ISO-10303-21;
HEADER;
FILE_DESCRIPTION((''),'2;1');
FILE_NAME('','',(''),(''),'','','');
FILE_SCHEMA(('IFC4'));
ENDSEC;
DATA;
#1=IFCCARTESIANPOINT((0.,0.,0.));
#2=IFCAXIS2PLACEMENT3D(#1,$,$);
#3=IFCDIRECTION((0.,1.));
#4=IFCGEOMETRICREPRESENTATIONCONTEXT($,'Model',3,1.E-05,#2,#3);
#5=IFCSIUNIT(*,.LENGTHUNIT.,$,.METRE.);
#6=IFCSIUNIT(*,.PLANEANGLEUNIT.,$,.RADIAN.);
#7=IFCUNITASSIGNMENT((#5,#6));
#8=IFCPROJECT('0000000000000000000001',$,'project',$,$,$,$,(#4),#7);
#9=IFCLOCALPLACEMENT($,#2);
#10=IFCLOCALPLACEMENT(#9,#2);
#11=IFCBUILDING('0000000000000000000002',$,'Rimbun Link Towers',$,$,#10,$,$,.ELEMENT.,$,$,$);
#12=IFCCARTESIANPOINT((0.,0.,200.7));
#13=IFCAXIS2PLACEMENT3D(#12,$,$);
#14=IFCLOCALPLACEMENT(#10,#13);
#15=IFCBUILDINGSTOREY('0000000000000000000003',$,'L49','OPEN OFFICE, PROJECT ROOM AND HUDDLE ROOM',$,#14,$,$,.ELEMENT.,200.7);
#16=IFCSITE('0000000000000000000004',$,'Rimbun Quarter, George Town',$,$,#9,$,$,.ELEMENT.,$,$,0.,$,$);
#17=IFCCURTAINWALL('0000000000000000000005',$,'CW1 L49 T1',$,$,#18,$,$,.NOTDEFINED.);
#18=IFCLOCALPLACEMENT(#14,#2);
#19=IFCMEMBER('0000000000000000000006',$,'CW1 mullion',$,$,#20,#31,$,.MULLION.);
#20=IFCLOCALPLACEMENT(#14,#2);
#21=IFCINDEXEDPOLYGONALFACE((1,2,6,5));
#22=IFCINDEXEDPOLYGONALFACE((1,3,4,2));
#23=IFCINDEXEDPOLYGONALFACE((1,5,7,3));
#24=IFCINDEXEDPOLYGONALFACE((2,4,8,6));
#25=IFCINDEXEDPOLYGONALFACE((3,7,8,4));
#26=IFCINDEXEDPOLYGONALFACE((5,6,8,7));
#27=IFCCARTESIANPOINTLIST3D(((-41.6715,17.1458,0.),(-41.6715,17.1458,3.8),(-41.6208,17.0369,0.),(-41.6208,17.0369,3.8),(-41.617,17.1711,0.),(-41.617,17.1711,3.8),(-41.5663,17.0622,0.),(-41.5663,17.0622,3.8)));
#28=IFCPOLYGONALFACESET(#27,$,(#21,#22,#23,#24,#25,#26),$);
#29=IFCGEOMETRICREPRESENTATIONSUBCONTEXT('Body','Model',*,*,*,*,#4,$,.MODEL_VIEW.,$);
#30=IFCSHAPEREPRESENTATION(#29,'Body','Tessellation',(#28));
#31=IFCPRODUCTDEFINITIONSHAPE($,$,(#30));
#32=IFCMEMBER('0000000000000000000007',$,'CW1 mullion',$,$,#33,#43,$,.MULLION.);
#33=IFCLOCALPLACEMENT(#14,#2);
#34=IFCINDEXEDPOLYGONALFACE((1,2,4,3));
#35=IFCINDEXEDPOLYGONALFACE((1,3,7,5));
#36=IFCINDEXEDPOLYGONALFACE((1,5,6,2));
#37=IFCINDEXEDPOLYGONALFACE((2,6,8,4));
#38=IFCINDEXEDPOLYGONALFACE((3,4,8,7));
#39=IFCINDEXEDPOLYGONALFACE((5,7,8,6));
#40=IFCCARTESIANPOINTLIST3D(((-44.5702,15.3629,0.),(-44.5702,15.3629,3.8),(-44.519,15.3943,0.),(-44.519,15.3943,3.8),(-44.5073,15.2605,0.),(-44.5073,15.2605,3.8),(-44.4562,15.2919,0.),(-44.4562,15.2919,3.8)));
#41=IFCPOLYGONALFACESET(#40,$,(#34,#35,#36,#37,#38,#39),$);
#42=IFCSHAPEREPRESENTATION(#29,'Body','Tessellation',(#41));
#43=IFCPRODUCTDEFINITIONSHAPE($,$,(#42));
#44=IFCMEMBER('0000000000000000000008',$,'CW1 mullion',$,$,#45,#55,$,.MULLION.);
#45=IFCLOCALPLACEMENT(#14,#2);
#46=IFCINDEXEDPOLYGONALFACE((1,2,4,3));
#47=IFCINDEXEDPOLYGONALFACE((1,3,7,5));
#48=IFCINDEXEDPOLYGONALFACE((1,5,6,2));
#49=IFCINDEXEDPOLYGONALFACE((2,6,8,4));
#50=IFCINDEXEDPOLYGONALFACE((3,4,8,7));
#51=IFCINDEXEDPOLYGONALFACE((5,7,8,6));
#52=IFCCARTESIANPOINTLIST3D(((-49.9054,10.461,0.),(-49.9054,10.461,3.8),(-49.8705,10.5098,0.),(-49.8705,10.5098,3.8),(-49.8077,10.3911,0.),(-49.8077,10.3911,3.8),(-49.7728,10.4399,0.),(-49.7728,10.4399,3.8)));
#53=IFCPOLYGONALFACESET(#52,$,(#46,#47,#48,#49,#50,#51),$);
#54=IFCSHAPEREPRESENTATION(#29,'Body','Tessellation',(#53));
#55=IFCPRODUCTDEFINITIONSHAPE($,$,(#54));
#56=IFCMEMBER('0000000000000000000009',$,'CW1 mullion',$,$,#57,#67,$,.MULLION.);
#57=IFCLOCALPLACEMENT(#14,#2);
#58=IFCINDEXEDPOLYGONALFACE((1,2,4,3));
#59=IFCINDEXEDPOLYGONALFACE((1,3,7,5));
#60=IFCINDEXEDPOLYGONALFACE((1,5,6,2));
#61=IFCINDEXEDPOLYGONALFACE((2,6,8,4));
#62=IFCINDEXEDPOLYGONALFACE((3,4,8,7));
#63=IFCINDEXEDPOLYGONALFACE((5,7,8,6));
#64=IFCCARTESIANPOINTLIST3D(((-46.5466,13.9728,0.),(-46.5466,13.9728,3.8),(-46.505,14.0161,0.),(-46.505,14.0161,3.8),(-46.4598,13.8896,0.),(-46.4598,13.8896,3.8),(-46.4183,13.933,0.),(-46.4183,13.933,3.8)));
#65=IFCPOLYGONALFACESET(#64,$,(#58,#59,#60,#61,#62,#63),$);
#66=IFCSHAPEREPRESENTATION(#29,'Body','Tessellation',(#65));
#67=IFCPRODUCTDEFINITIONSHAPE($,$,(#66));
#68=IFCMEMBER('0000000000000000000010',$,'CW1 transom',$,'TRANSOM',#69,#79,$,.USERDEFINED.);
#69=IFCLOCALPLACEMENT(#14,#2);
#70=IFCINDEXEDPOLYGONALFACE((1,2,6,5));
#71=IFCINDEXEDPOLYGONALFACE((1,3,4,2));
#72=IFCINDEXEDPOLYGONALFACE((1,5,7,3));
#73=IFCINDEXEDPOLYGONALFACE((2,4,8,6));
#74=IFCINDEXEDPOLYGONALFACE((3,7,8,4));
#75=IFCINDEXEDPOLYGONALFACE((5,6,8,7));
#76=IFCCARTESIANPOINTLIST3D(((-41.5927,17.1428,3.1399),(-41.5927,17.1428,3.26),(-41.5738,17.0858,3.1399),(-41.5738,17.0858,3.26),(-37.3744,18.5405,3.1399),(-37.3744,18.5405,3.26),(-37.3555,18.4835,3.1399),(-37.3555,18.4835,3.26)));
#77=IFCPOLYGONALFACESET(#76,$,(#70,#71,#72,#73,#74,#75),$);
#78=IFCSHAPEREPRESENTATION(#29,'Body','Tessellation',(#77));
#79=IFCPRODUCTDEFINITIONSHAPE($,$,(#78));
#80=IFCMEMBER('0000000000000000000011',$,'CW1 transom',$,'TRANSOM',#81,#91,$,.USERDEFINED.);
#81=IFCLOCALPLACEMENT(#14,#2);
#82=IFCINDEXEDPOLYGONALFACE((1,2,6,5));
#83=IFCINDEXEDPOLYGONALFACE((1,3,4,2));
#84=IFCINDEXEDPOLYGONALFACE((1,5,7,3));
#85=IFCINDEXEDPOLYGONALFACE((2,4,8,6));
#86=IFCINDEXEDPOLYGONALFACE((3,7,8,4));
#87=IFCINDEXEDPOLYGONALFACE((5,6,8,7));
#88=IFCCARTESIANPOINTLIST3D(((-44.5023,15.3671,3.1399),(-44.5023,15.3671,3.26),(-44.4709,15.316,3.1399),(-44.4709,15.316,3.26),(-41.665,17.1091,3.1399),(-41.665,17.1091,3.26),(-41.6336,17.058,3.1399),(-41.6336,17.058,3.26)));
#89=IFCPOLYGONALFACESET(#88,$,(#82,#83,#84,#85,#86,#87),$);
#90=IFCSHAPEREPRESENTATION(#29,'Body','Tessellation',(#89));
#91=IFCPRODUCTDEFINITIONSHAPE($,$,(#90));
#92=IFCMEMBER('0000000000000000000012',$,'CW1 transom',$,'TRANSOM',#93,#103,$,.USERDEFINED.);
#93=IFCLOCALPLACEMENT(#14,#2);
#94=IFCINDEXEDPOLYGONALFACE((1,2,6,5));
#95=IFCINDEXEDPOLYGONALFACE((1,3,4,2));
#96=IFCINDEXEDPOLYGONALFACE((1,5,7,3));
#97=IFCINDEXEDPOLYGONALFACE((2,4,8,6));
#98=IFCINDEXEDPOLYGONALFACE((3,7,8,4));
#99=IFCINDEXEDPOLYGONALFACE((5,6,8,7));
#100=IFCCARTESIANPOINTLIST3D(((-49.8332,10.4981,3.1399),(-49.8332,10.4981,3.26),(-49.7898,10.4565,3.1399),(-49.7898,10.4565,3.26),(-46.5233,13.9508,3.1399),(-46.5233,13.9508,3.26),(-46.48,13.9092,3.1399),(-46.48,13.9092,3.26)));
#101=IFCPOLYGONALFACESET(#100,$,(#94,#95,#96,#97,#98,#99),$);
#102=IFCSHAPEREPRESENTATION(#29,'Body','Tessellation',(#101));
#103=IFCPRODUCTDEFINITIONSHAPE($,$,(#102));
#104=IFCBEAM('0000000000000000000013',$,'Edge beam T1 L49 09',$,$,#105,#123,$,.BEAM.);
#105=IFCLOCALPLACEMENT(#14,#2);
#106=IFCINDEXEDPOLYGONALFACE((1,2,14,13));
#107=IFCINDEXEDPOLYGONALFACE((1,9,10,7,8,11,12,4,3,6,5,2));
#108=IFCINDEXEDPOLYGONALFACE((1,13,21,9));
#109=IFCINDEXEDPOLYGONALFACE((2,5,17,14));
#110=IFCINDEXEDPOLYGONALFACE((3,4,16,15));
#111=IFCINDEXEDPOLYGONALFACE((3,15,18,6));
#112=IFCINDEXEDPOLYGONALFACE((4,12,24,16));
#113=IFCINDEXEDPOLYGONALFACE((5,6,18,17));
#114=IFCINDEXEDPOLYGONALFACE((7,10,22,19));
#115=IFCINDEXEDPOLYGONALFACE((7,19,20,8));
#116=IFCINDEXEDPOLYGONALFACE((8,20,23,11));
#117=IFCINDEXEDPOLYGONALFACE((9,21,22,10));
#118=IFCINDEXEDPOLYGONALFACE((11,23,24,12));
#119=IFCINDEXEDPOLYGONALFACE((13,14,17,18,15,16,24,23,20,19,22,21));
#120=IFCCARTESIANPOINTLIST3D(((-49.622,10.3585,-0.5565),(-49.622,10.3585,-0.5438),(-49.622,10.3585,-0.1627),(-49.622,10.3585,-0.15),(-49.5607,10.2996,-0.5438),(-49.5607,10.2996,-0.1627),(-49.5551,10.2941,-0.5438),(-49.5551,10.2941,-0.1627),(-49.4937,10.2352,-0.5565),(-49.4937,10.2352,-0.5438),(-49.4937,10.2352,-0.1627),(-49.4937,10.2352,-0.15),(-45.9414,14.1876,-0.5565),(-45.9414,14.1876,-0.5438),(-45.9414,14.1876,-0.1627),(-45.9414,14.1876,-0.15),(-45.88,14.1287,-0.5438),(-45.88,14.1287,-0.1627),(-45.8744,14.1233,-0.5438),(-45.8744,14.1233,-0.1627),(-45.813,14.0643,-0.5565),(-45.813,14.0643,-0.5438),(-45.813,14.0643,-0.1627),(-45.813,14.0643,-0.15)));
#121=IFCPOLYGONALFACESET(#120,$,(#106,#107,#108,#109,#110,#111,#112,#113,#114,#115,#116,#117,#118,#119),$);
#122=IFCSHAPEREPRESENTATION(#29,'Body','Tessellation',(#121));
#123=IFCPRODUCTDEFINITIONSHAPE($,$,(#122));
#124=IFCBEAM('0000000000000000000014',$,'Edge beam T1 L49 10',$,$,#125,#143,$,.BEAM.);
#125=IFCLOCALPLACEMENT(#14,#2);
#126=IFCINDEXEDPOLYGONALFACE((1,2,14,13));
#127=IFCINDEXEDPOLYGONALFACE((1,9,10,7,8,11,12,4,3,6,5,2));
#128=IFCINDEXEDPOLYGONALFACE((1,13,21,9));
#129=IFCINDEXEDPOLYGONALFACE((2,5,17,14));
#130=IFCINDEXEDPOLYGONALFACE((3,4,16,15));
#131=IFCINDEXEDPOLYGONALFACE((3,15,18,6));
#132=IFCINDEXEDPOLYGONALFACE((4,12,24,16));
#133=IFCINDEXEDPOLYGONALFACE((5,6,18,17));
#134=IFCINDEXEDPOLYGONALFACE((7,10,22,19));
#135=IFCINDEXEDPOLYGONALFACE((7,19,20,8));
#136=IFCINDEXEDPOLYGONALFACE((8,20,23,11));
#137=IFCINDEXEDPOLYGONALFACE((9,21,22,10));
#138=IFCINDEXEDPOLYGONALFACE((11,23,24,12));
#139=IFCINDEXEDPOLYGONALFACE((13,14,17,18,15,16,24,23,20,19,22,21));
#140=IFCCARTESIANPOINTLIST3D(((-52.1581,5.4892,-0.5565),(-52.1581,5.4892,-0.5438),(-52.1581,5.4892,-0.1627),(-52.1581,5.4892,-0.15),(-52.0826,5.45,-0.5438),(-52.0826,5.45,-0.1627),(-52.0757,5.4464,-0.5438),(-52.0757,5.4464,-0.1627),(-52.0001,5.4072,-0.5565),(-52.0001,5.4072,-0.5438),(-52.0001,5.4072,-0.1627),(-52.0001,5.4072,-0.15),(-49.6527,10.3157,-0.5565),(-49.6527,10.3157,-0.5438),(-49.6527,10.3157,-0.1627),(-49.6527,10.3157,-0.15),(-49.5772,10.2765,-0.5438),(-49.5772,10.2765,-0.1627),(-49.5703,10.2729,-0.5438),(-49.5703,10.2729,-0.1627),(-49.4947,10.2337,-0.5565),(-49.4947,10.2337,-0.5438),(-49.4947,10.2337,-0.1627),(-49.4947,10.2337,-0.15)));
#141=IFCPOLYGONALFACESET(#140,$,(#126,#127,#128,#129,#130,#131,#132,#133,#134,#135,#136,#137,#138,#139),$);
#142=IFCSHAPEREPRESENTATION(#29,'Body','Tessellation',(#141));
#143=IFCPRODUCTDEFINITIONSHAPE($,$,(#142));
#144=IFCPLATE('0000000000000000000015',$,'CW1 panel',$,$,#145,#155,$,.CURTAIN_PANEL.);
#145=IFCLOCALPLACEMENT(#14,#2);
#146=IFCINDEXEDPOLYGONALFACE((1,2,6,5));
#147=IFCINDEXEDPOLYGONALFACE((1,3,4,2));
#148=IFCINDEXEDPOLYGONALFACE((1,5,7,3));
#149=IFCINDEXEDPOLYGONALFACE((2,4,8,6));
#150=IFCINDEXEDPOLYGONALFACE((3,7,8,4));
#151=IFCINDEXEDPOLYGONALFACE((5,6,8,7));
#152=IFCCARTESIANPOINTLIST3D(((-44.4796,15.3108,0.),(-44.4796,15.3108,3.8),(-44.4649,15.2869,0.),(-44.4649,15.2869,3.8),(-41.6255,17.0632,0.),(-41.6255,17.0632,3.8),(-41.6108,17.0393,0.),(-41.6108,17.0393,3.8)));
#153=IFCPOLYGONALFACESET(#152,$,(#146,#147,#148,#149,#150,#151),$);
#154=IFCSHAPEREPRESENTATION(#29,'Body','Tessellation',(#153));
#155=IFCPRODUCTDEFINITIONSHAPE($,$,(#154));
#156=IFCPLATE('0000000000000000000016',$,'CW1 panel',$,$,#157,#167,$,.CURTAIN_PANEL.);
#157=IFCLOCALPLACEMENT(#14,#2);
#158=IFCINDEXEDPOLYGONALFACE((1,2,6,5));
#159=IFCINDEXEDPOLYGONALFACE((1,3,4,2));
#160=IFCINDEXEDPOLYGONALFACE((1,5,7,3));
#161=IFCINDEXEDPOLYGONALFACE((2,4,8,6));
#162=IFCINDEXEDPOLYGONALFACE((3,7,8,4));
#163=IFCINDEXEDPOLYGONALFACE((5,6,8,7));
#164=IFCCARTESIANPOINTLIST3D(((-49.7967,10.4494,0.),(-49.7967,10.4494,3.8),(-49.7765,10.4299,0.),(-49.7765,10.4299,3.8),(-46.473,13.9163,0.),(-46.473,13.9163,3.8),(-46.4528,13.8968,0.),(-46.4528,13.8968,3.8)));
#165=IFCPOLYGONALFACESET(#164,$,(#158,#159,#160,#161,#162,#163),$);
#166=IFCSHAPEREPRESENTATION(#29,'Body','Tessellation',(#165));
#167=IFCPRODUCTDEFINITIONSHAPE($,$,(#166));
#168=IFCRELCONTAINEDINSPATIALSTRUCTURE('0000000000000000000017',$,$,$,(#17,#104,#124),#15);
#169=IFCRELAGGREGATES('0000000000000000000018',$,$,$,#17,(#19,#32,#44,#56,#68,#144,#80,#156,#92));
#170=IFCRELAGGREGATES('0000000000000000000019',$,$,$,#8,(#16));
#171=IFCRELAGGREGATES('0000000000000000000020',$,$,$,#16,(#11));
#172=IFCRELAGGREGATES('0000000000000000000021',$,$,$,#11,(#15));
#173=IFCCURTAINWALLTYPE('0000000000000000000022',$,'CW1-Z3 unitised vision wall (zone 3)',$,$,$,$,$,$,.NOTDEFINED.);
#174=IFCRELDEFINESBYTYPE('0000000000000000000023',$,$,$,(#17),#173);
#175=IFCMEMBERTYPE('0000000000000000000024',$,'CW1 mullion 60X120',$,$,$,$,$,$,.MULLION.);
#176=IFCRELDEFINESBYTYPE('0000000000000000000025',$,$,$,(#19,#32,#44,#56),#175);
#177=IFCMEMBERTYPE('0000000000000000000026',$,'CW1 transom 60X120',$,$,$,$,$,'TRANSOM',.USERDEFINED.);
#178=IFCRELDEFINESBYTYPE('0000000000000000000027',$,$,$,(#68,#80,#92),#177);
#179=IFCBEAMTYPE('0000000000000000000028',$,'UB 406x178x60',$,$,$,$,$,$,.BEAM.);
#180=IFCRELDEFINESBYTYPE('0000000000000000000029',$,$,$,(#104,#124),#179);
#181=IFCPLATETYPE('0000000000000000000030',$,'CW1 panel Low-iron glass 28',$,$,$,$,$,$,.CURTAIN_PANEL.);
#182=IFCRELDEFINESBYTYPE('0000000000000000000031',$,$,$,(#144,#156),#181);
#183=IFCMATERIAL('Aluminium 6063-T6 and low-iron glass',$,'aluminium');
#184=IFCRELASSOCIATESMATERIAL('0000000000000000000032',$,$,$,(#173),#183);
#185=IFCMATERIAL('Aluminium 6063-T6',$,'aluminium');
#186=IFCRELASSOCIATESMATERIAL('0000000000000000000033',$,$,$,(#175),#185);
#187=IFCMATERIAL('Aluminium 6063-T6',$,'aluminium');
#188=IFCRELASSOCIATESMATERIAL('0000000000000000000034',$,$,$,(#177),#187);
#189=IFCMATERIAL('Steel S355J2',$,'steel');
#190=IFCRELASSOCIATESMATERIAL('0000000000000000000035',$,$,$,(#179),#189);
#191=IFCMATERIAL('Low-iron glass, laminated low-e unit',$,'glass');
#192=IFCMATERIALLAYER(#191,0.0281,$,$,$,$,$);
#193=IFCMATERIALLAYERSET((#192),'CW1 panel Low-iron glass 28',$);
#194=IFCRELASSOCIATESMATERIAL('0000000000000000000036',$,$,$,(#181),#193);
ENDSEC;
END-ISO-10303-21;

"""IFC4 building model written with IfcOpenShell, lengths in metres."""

from ifc_helpers import new_model, si_unit, direction, frame, origin, origin_2d, place, context, subcontext, project, spatial, rectangle, i_section, extrude, material, layer, layer_set, material_profile, profile_set, type_object, element, aggregate, save


model = new_model("IFC4")

# Units and contexts
model_context = context("Model", 3, precision=1e-05, world=origin(), true_north=direction((0.0, 1.0)))
body_context = subcontext(model_context, "Body", "Model", "MODEL_VIEW")
ifc_project = project(units=[si_unit("LENGTHUNIT", "METRE"), si_unit("PLANEANGLEUNIT", "RADIAN")], contexts=[model_context])

# Site, building, storey
site_placement = place(None, origin())
site = spatial("IfcSite", under=ifc_project, at=site_placement, Name="Rimbun Quarter, George Town", CompositionType="ELEMENT", RefElevation=0.0)
building_placement = place(site_placement, origin())
building = spatial("IfcBuilding", under=site, at=building_placement, Name="Rimbun Link Towers", CompositionType="ELEMENT")
storey_placement = place(building_placement, frame((0.0, 0.0, 200.7)))
storey = spatial("IfcBuildingStorey", under=building, at=storey_placement, Name="L49", Description="OPEN OFFICE, PROJECT ROOM AND HUDDLE ROOM", CompositionType="ELEMENT", Elevation=200.7)

# Curtain wall, members
ifc_material_1 = material(Name="Aluminium 6063-T6 and low-iron glass", Category="aluminium")
curtain_wall_type = type_object("IfcCurtainWallType", Name="CW1-Z3 unitised vision wall (zone 3)", PredefinedType="NOTDEFINED", material=ifc_material_1)
curtain_wall_placement = place(storey_placement, origin())
curtain_wall = element("IfcCurtainWall", 1, at=curtain_wall_placement, inside=storey, type_object=curtain_wall_type, Name="CW1 L49 T1", PredefinedType="NOTDEFINED")
ifc_material_2 = material(Name="Aluminium 6063-T6", Category="aluminium")
ifc_material_profile_1 = material_profile(ifc_material_2, rectangle(XDim=0.1201, YDim=0.0601, at=origin_2d()), Name="MULLION 60X120")
ifc_profile_set_1 = profile_set([ifc_material_profile_1], Name="Aluminium 6063-T6")
member_type_1 = type_object("IfcMemberType", Name="CW1 mullion 60X120", PredefinedType="MULLION", material=ifc_profile_set_1)
member_1_placement = place(storey_placement, frame((-41.6189, 17.104, 0.0), z_axis=(0.0, 0.0, 1.0), x_axis=(-0.421695, 0.906738, 0.0)))
member_1 = element("IfcMember", 2, at=member_1_placement, type_object=member_type_1, Name="CW1 mullion", PredefinedType="MULLION", context=body_context, shape_type="SweptSolid", body=[
    extrude(rectangle(XDim=0.1201, YDim=0.0601, at=origin_2d()), origin(), (0.0, 0.0, 1.0), 3.8),
])
member_2_placement = place(storey_placement, frame((-44.5132, 15.3274, 0.0), z_axis=(0.0, 0.0, 1.0), x_axis=(-0.523229, 0.852192, 0.0)))
member_2 = element("IfcMember", 3, at=member_2_placement, type_object=member_type_1, Name="CW1 mullion", PredefinedType="MULLION", context=body_context, shape_type="SweptSolid", body=[
    extrude(rectangle(XDim=0.1201, YDim=0.0601, at=origin_2d()), origin(), (0.0, 0.0, 1.0), 3.8),
])
member_3_placement = place(storey_placement, frame((-49.8391, 10.4504, 0.0), z_axis=(0.0, 0.0, 1.0), x_axis=(-0.813351, 0.581774, 0.0)))
member_3 = element("IfcMember", 4, at=member_3_placement, type_object=member_type_1, Name="CW1 mullion", PredefinedType="MULLION", context=body_context, shape_type="SweptSolid", body=[
    extrude(rectangle(XDim=0.1201, YDim=0.0601, at=origin_2d()), origin(), (0.0, 0.0, 1.0), 3.8),
])
member_4_placement = place(storey_placement, frame((-46.4824, 13.9529, 0.0), z_axis=(0.0, 0.0, 1.0), x_axis=(-0.721859, 0.692041, 0.0)))
member_4 = element("IfcMember", 5, at=member_4_placement, type_object=member_type_1, Name="CW1 mullion", PredefinedType="MULLION", context=body_context, shape_type="SweptSolid", body=[
    extrude(rectangle(XDim=0.1201, YDim=0.0601, at=origin_2d()), origin(), (0.0, 0.0, 1.0), 3.8),
])
ifc_material_3 = material(Name="Aluminium 6063-T6", Category="aluminium")
ifc_material_profile_2 = material_profile(ifc_material_3, rectangle(XDim=0.0601, YDim=0.1201, at=origin_2d()), Name="TRANSOM 60X120")
ifc_profile_set_2 = profile_set([ifc_material_profile_2], Name="Aluminium 6063-T6")
member_type_2 = type_object("IfcMemberType", Name="CW1 transom 60X120", ElementType="TRANSOM", PredefinedType="USERDEFINED", material=ifc_profile_set_2)
member_5_placement = place(storey_placement, frame((-41.5833, 17.1143, 3.2), z_axis=(0.949248, 0.31453, 0.0), x_axis=(-0.31453, 0.949248, 0.0)))
member_5 = element("IfcMember", 6, at=member_5_placement, type_object=member_type_2, Name="CW1 transom", ObjectType="TRANSOM", PredefinedType="USERDEFINED", context=body_context, shape_type="SweptSolid", body=[
    extrude(rectangle(XDim=0.0601, YDim=0.1201, at=origin_2d()), origin(), (0.0, 0.0, 1.0), 4.4438),
])
member_6_placement = place(storey_placement, frame((-44.4866, 15.3416, 3.2), z_axis=(0.852194, 0.523226, 0.0), x_axis=(-0.523226, 0.852194, 0.0)))
member_6 = element("IfcMember", 7, at=member_6_placement, type_object=member_type_2, Name="CW1 transom", ObjectType="TRANSOM", PredefinedType="USERDEFINED", context=body_context, shape_type="SweptSolid", body=[
    extrude(rectangle(XDim=0.0601, YDim=0.1201, at=origin_2d()), origin(), (0.0, 0.0, 1.0), 3.3293),
])
member_7_placement = place(storey_placement, frame((-49.8115, 10.4773, 3.2), z_axis=(0.692018, 0.72188, 0.0), x_axis=(-0.72188, 0.692018, 0.0)))
member_7 = element("IfcMember", 8, at=member_7_placement, type_object=member_type_2, Name="CW1 transom", ObjectType="TRANSOM", PredefinedType="USERDEFINED", context=body_context, shape_type="SweptSolid", body=[
    extrude(rectangle(XDim=0.0601, YDim=0.1201, at=origin_2d()), origin(), (0.0, 0.0, 1.0), 4.783),
])

# Beams
ifc_material_4 = material(Name="Steel S355J2", Category="steel")
ifc_material_profile_3 = material_profile(ifc_material_4, i_section(OverallWidth=0.178, OverallDepth=0.4065, WebThickness=0.0078, FlangeThickness=0.0127, at=origin_2d()), Name="UB 406x178x60")
ifc_profile_set_3 = profile_set([ifc_material_profile_3], Name="Steel S355J2")
beam_type = type_object("IfcBeamType", Name="UB 406x178x60", PredefinedType="BEAM", material=ifc_profile_set_3)
beam_1_placement = place(storey_placement, frame((-45.8772, 14.126, -0.3533), z_axis=(-0.692995, -0.720943, 0.0), x_axis=(0.720943, -0.692995, 0.0)))
element("IfcBeam", 9, at=beam_1_placement, inside=storey, type_object=beam_type, Name="Edge beam T1 L49 09", PredefinedType="BEAM", context=body_context, shape_type="SweptSolid", body=[
    extrude(i_section(OverallWidth=0.178, OverallDepth=0.4065, WebThickness=0.0078, FlangeThickness=0.0127, at=origin_2d()), origin(), (0.0, 0.0, 1.0), 5.3113),
])
beam_2_placement = place(storey_placement, frame((-49.5737, 10.2747, -0.3533), z_axis=(-0.460721, -0.887545, 0.0), x_axis=(0.887545, -0.460721, 0.0)))
element("IfcBeam", 10, at=beam_2_placement, inside=storey, type_object=beam_type, Name="Edge beam T1 L49 10", PredefinedType="BEAM", context=body_context, shape_type="SweptSolid", body=[
    extrude(i_section(OverallWidth=0.178, OverallDepth=0.4065, WebThickness=0.0078, FlangeThickness=0.0127, at=origin_2d()), origin(), (0.0, 0.0, 1.0), 5.438),
])

# Plates
ifc_material_5 = material(Name="Low-iron glass, laminated low-e unit", Category="glass")
ifc_layer = layer(ifc_material_5, 0.0281)
ifc_layer_set = layer_set([ifc_layer], Name="CW1 panel Low-iron glass 28")
plate_type = type_object("IfcPlateType", Name="CW1 panel Low-iron glass 28", PredefinedType="CURTAIN_PANEL", material=ifc_layer_set)
plate_1_placement = place(storey_placement, frame((-43.0452, 16.175, 0.0), z_axis=(0.0, 0.0, 1.0), x_axis=(0.852192, 0.523229, 0.0)))
plate_1 = element("IfcPlate", 11, at=plate_1_placement, type_object=plate_type, Name="CW1 panel", PredefinedType="CURTAIN_PANEL", context=body_context, shape_type="SweptSolid", body=[
    extrude(rectangle(XDim=3.3491, YDim=0.0281, at=origin_2d()), origin(), (0.0, 0.0, 1.0), 3.8),
])
plate_2_placement = place(storey_placement, frame((-48.1248, 12.1731, 0.0), z_axis=(0.0, 0.0, 1.0), x_axis=(0.692041, 0.721859, 0.0)))
plate_2 = element("IfcPlate", 12, at=plate_2_placement, type_object=plate_type, Name="CW1 panel", PredefinedType="CURTAIN_PANEL", context=body_context, shape_type="SweptSolid", body=[
    extrude(rectangle(XDim=4.8027, YDim=0.0281, at=origin_2d()), origin(), (0.0, 0.0, 1.0), 3.8),
])
aggregate(curtain_wall, [member_1, member_2, member_3, member_4, member_5, plate_1, member_6, plate_2, member_7])

save(model, "model.ifc")
